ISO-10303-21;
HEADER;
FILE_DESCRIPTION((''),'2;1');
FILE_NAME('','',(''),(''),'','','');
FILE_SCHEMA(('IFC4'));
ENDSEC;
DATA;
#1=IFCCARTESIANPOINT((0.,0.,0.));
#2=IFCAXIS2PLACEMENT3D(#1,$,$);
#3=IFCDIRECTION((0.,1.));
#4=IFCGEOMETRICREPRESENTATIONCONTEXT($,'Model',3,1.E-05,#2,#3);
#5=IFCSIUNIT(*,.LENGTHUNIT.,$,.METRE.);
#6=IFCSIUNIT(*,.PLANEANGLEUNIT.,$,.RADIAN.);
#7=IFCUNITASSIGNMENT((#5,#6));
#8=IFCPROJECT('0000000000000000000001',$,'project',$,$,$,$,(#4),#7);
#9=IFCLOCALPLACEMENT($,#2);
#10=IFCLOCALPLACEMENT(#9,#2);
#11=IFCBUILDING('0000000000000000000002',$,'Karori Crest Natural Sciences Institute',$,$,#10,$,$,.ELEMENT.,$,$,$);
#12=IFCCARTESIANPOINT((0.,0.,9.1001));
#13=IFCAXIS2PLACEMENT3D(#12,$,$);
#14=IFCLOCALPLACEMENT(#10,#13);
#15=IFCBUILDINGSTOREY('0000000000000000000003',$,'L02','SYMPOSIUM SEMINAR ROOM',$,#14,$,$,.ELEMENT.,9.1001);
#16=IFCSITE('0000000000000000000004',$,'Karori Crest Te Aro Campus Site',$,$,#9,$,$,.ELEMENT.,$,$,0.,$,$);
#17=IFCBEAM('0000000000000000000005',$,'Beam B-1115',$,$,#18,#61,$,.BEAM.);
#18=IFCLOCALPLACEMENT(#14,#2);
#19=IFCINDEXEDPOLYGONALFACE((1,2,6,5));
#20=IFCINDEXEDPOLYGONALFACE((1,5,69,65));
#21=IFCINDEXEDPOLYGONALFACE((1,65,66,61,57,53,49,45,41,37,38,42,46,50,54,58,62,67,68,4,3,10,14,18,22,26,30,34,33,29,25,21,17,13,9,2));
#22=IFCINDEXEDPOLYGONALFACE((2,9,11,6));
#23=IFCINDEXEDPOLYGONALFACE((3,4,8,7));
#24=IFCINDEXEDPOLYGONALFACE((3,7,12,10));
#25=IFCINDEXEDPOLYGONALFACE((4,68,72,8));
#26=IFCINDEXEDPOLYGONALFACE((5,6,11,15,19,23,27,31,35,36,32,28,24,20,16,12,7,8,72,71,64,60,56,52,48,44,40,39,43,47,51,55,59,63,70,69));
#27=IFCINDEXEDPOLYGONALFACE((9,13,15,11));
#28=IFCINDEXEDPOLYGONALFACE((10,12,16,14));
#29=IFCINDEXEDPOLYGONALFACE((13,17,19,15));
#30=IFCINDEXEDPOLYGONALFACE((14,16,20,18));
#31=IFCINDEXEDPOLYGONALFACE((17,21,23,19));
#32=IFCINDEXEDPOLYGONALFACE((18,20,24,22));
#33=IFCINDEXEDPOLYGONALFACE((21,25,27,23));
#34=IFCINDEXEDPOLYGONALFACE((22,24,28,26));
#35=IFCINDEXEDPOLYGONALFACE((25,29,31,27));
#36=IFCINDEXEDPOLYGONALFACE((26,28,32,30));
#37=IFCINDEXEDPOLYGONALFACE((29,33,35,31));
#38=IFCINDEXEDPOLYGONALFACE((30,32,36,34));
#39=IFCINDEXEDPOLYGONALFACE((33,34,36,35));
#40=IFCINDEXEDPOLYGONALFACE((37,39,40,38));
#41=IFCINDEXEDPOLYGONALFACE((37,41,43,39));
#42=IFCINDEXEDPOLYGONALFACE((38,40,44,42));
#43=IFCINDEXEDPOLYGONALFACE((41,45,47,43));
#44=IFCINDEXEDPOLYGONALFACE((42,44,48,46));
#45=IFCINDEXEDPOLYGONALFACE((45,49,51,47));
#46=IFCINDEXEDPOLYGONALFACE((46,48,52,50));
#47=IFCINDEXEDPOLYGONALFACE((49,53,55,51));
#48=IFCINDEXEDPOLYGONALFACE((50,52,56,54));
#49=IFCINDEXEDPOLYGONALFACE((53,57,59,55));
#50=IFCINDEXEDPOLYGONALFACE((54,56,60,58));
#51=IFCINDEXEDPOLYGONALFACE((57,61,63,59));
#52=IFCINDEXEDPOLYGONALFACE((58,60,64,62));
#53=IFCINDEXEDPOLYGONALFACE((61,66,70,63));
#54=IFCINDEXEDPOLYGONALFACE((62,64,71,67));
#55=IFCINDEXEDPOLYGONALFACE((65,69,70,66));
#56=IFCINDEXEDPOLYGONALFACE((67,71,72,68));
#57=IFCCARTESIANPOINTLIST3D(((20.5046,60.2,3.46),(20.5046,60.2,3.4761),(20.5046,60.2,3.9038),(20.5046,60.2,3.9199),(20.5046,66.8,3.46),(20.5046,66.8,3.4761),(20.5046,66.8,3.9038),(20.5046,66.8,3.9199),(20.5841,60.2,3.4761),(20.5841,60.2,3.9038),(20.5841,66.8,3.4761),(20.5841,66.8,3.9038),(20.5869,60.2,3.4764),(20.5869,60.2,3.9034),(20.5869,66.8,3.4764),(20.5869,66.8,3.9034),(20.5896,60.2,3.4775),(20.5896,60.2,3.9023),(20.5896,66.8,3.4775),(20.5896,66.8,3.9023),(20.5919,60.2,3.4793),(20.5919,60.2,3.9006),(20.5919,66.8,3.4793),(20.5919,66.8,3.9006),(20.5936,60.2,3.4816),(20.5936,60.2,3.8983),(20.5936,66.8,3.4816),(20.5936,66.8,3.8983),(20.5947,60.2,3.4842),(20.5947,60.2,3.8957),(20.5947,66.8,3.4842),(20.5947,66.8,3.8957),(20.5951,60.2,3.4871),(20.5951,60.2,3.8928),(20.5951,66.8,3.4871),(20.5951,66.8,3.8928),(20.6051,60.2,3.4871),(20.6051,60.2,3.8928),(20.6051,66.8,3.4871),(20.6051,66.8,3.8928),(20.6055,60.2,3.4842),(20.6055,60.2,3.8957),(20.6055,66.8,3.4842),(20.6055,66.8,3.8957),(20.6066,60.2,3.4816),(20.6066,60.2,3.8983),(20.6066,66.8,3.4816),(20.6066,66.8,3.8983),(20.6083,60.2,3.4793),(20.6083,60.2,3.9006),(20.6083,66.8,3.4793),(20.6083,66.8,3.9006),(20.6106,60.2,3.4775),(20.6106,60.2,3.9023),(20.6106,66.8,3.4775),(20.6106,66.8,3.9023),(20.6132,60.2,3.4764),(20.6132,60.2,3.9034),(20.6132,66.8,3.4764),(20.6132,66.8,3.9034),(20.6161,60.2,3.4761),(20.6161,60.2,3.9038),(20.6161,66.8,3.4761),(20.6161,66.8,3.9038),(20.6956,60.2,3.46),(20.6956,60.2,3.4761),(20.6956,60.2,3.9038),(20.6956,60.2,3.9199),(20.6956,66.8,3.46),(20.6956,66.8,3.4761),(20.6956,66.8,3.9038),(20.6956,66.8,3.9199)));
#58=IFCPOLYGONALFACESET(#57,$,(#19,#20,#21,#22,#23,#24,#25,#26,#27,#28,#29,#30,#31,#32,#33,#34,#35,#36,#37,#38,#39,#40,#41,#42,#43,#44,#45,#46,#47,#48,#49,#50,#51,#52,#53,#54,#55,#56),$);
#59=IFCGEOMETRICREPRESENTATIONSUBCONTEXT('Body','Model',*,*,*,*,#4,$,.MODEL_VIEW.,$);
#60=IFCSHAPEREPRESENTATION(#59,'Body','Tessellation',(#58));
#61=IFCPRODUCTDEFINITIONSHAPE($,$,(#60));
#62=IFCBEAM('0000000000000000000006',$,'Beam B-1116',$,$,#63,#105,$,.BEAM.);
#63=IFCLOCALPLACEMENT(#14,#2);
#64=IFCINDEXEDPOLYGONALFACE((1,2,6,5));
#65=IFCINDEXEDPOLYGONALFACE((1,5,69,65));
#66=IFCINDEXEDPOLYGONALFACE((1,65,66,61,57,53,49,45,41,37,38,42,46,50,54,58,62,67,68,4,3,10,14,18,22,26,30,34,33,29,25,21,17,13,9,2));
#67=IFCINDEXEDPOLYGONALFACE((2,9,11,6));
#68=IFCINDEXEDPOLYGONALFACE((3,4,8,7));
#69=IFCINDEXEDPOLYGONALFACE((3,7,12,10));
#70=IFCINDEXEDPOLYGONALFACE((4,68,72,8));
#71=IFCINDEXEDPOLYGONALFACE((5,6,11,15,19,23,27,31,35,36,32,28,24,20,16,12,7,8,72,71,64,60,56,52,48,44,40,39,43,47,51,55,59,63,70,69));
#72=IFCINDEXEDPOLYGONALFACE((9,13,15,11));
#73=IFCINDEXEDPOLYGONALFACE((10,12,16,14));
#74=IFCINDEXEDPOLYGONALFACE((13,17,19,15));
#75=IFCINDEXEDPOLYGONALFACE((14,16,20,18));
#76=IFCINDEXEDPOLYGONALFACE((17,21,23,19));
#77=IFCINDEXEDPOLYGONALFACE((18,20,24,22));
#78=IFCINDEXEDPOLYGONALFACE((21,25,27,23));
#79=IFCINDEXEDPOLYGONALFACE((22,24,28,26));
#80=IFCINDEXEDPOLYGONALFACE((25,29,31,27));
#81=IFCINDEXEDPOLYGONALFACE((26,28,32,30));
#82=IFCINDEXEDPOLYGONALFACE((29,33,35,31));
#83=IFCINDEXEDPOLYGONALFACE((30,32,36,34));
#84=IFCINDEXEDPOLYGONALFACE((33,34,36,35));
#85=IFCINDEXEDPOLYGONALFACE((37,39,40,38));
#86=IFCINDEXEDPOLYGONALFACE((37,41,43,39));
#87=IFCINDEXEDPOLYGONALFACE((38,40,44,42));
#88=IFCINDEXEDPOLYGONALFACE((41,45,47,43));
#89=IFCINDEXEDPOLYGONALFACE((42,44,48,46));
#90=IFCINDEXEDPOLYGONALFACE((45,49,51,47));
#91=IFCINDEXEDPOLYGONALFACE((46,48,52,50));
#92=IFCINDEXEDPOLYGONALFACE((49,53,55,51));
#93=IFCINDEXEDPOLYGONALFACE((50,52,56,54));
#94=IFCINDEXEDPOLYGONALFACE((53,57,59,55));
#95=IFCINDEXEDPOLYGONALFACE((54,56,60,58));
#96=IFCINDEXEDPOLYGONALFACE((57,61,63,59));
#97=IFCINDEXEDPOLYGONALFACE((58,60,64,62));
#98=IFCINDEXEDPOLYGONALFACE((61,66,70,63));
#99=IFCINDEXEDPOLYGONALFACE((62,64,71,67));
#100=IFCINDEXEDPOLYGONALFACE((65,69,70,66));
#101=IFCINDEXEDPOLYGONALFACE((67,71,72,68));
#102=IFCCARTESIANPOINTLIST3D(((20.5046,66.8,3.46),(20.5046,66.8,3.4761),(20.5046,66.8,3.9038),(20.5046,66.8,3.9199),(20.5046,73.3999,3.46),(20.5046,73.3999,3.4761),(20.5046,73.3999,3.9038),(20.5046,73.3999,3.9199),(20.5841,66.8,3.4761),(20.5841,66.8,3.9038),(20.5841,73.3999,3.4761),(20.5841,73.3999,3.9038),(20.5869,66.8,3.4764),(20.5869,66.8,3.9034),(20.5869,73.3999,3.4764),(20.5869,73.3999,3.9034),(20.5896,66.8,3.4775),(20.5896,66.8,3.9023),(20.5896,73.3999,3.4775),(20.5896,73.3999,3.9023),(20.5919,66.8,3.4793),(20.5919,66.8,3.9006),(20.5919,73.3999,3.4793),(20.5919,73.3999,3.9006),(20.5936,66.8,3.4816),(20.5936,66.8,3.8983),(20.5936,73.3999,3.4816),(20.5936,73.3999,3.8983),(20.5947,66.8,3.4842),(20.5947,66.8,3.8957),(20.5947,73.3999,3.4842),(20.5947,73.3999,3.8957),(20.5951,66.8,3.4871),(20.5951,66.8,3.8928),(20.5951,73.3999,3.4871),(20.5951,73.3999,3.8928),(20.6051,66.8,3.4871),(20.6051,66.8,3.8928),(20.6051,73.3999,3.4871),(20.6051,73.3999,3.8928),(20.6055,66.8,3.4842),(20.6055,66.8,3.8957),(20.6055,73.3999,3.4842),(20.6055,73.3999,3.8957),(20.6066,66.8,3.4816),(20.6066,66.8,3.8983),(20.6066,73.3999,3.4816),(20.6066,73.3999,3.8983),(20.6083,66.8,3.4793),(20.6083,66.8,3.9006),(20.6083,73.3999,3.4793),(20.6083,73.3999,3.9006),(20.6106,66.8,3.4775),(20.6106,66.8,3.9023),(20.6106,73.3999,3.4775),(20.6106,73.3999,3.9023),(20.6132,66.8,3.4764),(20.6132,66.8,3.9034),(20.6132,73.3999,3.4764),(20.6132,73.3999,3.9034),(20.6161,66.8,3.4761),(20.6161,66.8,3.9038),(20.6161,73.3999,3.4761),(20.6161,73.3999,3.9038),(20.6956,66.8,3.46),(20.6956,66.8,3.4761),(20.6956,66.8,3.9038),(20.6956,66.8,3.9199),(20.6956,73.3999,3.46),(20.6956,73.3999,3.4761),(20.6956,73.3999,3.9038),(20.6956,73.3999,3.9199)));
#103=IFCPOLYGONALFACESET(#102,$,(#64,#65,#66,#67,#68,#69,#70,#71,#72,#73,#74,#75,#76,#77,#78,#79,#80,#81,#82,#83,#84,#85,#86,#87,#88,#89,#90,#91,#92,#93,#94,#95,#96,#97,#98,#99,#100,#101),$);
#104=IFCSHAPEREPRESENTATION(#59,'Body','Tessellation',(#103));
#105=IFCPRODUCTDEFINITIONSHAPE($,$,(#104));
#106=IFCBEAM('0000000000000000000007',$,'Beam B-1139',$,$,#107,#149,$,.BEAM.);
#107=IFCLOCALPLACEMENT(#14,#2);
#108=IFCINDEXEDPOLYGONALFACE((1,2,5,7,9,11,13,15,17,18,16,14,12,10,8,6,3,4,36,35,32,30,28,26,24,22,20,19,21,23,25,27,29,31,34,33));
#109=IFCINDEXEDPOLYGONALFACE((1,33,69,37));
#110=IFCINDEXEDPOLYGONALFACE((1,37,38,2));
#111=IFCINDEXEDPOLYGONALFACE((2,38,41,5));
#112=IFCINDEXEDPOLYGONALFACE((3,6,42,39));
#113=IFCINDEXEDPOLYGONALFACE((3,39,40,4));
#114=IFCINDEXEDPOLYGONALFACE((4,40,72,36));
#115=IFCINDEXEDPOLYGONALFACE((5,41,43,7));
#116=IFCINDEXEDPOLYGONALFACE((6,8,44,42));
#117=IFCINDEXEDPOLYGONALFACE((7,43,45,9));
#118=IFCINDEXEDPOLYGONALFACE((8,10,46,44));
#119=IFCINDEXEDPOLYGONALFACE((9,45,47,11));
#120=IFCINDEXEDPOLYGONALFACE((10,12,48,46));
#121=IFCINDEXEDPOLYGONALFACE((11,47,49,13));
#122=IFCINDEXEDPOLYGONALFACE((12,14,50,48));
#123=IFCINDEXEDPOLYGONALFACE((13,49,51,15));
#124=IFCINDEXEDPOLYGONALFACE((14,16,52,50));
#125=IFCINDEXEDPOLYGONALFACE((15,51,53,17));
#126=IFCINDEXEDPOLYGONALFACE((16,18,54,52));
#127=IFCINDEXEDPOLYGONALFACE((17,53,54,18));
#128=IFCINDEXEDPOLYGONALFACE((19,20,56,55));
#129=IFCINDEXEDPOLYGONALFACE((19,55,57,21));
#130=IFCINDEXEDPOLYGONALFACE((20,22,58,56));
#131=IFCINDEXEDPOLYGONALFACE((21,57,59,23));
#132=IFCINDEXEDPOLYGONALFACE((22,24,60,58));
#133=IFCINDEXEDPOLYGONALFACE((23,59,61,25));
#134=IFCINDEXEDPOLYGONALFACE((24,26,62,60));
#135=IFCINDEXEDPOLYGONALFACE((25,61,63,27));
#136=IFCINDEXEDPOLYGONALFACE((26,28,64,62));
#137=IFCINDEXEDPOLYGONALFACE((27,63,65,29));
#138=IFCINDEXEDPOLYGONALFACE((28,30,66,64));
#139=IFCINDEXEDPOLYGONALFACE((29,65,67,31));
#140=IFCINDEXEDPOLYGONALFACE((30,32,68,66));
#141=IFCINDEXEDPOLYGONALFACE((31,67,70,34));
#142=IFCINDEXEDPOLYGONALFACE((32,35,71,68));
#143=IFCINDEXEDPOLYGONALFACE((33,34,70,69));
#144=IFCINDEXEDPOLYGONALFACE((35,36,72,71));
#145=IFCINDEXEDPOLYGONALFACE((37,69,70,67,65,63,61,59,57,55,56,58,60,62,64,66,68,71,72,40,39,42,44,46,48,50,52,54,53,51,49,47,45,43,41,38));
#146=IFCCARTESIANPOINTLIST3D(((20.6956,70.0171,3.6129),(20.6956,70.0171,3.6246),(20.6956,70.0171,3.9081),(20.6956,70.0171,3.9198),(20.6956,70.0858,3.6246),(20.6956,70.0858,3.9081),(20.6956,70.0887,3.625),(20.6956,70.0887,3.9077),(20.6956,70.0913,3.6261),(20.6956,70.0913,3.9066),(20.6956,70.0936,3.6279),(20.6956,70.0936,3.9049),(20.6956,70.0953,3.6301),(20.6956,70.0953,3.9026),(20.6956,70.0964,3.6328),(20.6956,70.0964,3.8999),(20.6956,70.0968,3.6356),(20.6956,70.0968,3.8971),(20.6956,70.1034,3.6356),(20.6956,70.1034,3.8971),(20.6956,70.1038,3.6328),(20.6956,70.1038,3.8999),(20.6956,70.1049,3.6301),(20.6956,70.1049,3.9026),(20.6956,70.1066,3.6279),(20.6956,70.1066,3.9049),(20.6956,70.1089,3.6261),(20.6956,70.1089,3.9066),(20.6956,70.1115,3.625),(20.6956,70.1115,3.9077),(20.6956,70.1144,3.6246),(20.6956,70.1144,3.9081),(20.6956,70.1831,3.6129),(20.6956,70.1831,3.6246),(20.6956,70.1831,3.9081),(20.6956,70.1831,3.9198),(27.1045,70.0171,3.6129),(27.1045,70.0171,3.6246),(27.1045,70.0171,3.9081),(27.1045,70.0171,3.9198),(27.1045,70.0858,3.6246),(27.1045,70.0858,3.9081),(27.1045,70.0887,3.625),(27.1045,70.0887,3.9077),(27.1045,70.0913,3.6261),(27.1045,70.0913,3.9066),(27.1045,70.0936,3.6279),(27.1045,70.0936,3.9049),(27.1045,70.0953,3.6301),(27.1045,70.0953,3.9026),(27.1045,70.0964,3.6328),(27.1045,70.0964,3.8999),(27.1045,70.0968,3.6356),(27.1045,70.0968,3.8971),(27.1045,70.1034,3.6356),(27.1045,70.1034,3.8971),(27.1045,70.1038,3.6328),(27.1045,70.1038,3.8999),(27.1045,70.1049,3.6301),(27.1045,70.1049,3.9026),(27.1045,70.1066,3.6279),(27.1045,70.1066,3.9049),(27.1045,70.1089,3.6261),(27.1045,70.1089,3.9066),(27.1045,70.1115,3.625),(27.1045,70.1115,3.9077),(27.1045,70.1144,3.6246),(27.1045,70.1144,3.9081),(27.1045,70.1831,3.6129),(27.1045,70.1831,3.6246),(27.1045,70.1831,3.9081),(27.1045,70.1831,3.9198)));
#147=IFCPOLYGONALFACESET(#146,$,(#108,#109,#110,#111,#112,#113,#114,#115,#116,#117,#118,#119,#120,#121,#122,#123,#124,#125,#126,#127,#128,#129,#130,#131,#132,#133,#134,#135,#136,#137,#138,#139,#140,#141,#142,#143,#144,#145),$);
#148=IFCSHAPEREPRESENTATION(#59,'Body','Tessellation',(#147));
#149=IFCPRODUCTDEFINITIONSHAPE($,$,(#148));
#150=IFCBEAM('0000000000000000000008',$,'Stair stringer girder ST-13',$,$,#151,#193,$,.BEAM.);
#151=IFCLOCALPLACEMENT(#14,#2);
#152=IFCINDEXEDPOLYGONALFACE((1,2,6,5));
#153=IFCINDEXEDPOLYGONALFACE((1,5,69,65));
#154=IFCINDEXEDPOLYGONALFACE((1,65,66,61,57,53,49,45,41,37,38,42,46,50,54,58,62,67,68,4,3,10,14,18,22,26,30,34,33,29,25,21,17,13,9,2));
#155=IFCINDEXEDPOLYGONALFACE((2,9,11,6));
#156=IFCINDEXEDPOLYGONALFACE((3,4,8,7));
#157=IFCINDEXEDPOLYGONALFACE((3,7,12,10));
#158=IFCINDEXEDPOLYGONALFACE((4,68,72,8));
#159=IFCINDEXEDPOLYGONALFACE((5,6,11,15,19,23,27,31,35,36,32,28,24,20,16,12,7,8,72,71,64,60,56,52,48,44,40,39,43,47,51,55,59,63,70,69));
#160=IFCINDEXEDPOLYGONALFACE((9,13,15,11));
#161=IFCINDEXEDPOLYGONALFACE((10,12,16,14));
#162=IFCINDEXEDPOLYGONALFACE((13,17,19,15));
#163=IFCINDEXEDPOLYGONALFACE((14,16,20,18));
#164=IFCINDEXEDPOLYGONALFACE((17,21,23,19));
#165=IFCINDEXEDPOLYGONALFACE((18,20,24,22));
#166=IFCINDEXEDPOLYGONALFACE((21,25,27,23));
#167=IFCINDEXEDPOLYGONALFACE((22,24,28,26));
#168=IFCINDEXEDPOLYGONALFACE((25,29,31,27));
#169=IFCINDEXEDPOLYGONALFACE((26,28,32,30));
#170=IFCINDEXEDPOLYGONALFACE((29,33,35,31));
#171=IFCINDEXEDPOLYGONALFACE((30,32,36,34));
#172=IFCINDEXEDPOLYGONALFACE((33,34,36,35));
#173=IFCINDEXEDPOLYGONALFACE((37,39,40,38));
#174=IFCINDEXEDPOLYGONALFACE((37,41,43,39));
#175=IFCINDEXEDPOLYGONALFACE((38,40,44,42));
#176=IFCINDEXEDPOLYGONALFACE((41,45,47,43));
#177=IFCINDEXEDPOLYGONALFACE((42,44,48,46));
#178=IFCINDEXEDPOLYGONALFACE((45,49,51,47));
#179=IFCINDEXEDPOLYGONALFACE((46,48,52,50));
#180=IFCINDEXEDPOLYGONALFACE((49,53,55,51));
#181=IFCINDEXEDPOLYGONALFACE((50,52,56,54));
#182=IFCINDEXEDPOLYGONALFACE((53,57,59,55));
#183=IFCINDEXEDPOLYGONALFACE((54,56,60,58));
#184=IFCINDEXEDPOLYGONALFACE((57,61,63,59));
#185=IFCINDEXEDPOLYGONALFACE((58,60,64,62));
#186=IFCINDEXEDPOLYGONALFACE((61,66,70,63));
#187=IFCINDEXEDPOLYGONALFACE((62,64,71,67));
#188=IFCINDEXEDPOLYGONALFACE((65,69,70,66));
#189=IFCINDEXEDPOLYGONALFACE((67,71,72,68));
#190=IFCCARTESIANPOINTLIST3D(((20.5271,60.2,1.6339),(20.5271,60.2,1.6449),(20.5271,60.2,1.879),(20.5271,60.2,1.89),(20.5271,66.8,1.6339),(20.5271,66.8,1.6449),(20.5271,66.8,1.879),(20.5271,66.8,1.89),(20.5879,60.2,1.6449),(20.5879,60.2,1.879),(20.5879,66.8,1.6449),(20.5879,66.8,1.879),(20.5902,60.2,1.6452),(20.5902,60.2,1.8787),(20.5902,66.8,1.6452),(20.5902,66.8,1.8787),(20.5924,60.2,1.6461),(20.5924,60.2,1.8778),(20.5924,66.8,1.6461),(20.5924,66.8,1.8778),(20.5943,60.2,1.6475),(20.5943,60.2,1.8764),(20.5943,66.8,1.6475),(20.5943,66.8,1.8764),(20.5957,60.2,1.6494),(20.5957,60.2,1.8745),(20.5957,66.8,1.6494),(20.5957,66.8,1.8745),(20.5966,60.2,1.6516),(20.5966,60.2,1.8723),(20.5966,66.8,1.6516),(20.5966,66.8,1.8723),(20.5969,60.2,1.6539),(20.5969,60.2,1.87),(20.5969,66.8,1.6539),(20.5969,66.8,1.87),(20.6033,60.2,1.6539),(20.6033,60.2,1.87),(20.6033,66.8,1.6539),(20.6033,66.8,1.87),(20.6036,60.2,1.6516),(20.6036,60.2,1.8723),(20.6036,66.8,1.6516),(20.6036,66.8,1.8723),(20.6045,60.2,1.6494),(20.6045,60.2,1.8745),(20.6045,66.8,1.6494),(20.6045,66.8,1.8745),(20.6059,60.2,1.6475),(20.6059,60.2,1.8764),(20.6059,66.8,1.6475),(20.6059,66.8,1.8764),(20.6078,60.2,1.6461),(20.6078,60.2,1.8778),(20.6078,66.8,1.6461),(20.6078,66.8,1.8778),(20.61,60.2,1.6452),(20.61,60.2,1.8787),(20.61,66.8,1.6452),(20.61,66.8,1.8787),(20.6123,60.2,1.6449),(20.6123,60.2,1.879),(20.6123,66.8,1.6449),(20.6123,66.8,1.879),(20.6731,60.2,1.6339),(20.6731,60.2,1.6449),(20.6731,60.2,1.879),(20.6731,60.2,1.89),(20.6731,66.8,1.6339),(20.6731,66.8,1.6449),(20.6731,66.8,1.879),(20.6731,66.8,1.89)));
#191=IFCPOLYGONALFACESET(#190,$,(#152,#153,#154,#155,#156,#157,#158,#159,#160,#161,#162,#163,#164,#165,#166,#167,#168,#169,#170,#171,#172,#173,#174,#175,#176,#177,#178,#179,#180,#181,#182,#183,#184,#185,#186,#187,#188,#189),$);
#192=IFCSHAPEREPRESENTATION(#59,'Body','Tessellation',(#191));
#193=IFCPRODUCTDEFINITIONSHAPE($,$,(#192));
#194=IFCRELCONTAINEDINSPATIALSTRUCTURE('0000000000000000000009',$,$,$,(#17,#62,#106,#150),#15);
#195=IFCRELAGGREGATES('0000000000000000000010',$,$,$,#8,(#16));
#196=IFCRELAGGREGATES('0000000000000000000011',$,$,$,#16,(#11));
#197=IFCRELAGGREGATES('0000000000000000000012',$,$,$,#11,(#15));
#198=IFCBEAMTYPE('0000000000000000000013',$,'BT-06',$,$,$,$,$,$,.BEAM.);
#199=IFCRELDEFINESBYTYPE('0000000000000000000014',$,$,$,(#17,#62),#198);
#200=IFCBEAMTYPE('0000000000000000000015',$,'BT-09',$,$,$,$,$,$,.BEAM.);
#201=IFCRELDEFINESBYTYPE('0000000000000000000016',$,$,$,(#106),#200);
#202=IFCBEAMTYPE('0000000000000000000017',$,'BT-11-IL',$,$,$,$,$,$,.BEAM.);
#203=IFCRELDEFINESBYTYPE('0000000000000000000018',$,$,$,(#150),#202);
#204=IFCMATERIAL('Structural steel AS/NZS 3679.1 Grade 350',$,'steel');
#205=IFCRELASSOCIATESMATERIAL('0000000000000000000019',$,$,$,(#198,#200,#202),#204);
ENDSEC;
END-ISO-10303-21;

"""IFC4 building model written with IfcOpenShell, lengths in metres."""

from ifc_helpers import new_model, si_unit, direction, frame, origin, origin_2d, place, context, subcontext, project, spatial, i_section, extrude, material, material_profile, profile_set, type_object, element, save


model = new_model("IFC4")

# Units and contexts
model_context = context("Model", 3, precision=1e-05, world=origin(), true_north=direction((0.0, 1.0)))
body_context = subcontext(model_context, "Body", "Model", "MODEL_VIEW")
ifc_project = project(units=[si_unit("LENGTHUNIT", "METRE"), si_unit("PLANEANGLEUNIT", "RADIAN")], contexts=[model_context])

# Site, building, storey
site_placement = place(None, origin())
site = spatial("IfcSite", under=ifc_project, at=site_placement, Name="Karori Crest Te Aro Campus Site", CompositionType="ELEMENT", RefElevation=0.0)
building_placement = place(site_placement, origin())
building = spatial("IfcBuilding", under=site, at=building_placement, Name="Karori Crest Natural Sciences Institute", CompositionType="ELEMENT")
storey_placement = place(building_placement, frame((0.0, 0.0, 9.1001)))
storey = spatial("IfcBuildingStorey", under=building, at=storey_placement, Name="L02", Description="SYMPOSIUM SEMINAR ROOM", CompositionType="ELEMENT", Elevation=9.1001)

# Shared definitions
ifc_material_1 = material(Name="Structural steel AS/NZS 3679.1 Grade 350", Category="steel")

# Beams
ifc_material_profile_1 = material_profile(ifc_material_1, i_section(OverallWidth=0.1909, OverallDepth=0.46, WebThickness=0.01, FlangeThickness=0.0161, FilletRadius=0.011, at=origin_2d()), Name="460UB82.1")
ifc_profile_set_1 = profile_set([ifc_material_profile_1], Name="Structural steel AS/NZS 3679.1 Grade 350")
beam_type_1 = type_object("IfcBeamType", Name="BT-06", PredefinedType="BEAM", material=ifc_profile_set_1)
beam_1_placement = place(storey_placement, frame((20.6001, 60.2, 3.6899), z_axis=(0.0, 1.0, 0.0), x_axis=(-1.0, 0.0, 0.0)))
element("IfcBeam", 1, at=beam_1_placement, inside=storey, type_object=beam_type_1, Name="Beam B-1115", PredefinedType="BEAM", context=body_context, shape_type="SweptSolid", body=[
    extrude(i_section(OverallWidth=0.1909, OverallDepth=0.46, WebThickness=0.01, FlangeThickness=0.0161, FilletRadius=0.011, at=origin_2d()), origin(), (0.0, 0.0, 1.0), 6.6001),
])
beam_2_placement = place(storey_placement, frame((20.6001, 66.8, 3.6899), z_axis=(0.0, 1.0, 0.0), x_axis=(-1.0, 0.0, 0.0)))
element("IfcBeam", 2, at=beam_2_placement, inside=storey, type_object=beam_type_1, Name="Beam B-1116", PredefinedType="BEAM", context=body_context, shape_type="SweptSolid", body=[
    extrude(i_section(OverallWidth=0.1909, OverallDepth=0.46, WebThickness=0.01, FlangeThickness=0.0161, FilletRadius=0.011, at=origin_2d()), origin(), (0.0, 0.0, 1.0), 6.5999),
])
ifc_material_profile_2 = material_profile(ifc_material_1, i_section(OverallWidth=0.166, OverallDepth=0.3069, WebThickness=0.0066, FlangeThickness=0.0117, FilletRadius=0.011, at=origin_2d()), Name="310UB46.2")
ifc_profile_set_2 = profile_set([ifc_material_profile_2], Name="Structural steel AS/NZS 3679.1 Grade 350")
beam_type_2 = type_object("IfcBeamType", Name="BT-09", PredefinedType="BEAM", material=ifc_profile_set_2)
beam_3_placement = place(storey_placement, frame((20.6956, 70.1001, 3.7664), z_axis=(1.0, 0.0, 0.0), x_axis=(0.0, 1.0, 0.0)))
element("IfcBeam", 3, at=beam_3_placement, inside=storey, type_object=beam_type_2, Name="Beam B-1139", PredefinedType="BEAM", context=body_context, shape_type="SweptSolid", body=[
    extrude(i_section(OverallWidth=0.166, OverallDepth=0.3069, WebThickness=0.0066, FlangeThickness=0.0117, FilletRadius=0.011, at=origin_2d()), origin(), (0.0, 0.0, 1.0), 6.4089),
])
ifc_material_profile_3 = material_profile(ifc_material_1, i_section(OverallWidth=0.146, OverallDepth=0.2561, WebThickness=0.0063, FlangeThickness=0.011, FilletRadius=0.009, at=origin_2d()), Name="250UB37.3")
ifc_profile_set_3 = profile_set([ifc_material_profile_3], Name="Structural steel AS/NZS 3679.1 Grade 350")
beam_type_3 = type_object("IfcBeamType", Name="BT-11-IL", PredefinedType="BEAM", material=ifc_profile_set_3)
beam_4_placement = place(storey_placement, frame((20.6001, 60.2, 1.762), z_axis=(0.0, 1.0, 0.0), x_axis=(-1.0, 0.0, 0.0)))
element("IfcBeam", 4, at=beam_4_placement, inside=storey, type_object=beam_type_3, Name="Stair stringer girder ST-13", PredefinedType="BEAM", context=body_context, shape_type="SweptSolid", body=[
    extrude(i_section(OverallWidth=0.146, OverallDepth=0.2561, WebThickness=0.0063, FlangeThickness=0.011, FilletRadius=0.009, at=origin_2d()), origin(), (0.0, 0.0, 1.0), 6.6001),
])

save(model, "model.ifc")
